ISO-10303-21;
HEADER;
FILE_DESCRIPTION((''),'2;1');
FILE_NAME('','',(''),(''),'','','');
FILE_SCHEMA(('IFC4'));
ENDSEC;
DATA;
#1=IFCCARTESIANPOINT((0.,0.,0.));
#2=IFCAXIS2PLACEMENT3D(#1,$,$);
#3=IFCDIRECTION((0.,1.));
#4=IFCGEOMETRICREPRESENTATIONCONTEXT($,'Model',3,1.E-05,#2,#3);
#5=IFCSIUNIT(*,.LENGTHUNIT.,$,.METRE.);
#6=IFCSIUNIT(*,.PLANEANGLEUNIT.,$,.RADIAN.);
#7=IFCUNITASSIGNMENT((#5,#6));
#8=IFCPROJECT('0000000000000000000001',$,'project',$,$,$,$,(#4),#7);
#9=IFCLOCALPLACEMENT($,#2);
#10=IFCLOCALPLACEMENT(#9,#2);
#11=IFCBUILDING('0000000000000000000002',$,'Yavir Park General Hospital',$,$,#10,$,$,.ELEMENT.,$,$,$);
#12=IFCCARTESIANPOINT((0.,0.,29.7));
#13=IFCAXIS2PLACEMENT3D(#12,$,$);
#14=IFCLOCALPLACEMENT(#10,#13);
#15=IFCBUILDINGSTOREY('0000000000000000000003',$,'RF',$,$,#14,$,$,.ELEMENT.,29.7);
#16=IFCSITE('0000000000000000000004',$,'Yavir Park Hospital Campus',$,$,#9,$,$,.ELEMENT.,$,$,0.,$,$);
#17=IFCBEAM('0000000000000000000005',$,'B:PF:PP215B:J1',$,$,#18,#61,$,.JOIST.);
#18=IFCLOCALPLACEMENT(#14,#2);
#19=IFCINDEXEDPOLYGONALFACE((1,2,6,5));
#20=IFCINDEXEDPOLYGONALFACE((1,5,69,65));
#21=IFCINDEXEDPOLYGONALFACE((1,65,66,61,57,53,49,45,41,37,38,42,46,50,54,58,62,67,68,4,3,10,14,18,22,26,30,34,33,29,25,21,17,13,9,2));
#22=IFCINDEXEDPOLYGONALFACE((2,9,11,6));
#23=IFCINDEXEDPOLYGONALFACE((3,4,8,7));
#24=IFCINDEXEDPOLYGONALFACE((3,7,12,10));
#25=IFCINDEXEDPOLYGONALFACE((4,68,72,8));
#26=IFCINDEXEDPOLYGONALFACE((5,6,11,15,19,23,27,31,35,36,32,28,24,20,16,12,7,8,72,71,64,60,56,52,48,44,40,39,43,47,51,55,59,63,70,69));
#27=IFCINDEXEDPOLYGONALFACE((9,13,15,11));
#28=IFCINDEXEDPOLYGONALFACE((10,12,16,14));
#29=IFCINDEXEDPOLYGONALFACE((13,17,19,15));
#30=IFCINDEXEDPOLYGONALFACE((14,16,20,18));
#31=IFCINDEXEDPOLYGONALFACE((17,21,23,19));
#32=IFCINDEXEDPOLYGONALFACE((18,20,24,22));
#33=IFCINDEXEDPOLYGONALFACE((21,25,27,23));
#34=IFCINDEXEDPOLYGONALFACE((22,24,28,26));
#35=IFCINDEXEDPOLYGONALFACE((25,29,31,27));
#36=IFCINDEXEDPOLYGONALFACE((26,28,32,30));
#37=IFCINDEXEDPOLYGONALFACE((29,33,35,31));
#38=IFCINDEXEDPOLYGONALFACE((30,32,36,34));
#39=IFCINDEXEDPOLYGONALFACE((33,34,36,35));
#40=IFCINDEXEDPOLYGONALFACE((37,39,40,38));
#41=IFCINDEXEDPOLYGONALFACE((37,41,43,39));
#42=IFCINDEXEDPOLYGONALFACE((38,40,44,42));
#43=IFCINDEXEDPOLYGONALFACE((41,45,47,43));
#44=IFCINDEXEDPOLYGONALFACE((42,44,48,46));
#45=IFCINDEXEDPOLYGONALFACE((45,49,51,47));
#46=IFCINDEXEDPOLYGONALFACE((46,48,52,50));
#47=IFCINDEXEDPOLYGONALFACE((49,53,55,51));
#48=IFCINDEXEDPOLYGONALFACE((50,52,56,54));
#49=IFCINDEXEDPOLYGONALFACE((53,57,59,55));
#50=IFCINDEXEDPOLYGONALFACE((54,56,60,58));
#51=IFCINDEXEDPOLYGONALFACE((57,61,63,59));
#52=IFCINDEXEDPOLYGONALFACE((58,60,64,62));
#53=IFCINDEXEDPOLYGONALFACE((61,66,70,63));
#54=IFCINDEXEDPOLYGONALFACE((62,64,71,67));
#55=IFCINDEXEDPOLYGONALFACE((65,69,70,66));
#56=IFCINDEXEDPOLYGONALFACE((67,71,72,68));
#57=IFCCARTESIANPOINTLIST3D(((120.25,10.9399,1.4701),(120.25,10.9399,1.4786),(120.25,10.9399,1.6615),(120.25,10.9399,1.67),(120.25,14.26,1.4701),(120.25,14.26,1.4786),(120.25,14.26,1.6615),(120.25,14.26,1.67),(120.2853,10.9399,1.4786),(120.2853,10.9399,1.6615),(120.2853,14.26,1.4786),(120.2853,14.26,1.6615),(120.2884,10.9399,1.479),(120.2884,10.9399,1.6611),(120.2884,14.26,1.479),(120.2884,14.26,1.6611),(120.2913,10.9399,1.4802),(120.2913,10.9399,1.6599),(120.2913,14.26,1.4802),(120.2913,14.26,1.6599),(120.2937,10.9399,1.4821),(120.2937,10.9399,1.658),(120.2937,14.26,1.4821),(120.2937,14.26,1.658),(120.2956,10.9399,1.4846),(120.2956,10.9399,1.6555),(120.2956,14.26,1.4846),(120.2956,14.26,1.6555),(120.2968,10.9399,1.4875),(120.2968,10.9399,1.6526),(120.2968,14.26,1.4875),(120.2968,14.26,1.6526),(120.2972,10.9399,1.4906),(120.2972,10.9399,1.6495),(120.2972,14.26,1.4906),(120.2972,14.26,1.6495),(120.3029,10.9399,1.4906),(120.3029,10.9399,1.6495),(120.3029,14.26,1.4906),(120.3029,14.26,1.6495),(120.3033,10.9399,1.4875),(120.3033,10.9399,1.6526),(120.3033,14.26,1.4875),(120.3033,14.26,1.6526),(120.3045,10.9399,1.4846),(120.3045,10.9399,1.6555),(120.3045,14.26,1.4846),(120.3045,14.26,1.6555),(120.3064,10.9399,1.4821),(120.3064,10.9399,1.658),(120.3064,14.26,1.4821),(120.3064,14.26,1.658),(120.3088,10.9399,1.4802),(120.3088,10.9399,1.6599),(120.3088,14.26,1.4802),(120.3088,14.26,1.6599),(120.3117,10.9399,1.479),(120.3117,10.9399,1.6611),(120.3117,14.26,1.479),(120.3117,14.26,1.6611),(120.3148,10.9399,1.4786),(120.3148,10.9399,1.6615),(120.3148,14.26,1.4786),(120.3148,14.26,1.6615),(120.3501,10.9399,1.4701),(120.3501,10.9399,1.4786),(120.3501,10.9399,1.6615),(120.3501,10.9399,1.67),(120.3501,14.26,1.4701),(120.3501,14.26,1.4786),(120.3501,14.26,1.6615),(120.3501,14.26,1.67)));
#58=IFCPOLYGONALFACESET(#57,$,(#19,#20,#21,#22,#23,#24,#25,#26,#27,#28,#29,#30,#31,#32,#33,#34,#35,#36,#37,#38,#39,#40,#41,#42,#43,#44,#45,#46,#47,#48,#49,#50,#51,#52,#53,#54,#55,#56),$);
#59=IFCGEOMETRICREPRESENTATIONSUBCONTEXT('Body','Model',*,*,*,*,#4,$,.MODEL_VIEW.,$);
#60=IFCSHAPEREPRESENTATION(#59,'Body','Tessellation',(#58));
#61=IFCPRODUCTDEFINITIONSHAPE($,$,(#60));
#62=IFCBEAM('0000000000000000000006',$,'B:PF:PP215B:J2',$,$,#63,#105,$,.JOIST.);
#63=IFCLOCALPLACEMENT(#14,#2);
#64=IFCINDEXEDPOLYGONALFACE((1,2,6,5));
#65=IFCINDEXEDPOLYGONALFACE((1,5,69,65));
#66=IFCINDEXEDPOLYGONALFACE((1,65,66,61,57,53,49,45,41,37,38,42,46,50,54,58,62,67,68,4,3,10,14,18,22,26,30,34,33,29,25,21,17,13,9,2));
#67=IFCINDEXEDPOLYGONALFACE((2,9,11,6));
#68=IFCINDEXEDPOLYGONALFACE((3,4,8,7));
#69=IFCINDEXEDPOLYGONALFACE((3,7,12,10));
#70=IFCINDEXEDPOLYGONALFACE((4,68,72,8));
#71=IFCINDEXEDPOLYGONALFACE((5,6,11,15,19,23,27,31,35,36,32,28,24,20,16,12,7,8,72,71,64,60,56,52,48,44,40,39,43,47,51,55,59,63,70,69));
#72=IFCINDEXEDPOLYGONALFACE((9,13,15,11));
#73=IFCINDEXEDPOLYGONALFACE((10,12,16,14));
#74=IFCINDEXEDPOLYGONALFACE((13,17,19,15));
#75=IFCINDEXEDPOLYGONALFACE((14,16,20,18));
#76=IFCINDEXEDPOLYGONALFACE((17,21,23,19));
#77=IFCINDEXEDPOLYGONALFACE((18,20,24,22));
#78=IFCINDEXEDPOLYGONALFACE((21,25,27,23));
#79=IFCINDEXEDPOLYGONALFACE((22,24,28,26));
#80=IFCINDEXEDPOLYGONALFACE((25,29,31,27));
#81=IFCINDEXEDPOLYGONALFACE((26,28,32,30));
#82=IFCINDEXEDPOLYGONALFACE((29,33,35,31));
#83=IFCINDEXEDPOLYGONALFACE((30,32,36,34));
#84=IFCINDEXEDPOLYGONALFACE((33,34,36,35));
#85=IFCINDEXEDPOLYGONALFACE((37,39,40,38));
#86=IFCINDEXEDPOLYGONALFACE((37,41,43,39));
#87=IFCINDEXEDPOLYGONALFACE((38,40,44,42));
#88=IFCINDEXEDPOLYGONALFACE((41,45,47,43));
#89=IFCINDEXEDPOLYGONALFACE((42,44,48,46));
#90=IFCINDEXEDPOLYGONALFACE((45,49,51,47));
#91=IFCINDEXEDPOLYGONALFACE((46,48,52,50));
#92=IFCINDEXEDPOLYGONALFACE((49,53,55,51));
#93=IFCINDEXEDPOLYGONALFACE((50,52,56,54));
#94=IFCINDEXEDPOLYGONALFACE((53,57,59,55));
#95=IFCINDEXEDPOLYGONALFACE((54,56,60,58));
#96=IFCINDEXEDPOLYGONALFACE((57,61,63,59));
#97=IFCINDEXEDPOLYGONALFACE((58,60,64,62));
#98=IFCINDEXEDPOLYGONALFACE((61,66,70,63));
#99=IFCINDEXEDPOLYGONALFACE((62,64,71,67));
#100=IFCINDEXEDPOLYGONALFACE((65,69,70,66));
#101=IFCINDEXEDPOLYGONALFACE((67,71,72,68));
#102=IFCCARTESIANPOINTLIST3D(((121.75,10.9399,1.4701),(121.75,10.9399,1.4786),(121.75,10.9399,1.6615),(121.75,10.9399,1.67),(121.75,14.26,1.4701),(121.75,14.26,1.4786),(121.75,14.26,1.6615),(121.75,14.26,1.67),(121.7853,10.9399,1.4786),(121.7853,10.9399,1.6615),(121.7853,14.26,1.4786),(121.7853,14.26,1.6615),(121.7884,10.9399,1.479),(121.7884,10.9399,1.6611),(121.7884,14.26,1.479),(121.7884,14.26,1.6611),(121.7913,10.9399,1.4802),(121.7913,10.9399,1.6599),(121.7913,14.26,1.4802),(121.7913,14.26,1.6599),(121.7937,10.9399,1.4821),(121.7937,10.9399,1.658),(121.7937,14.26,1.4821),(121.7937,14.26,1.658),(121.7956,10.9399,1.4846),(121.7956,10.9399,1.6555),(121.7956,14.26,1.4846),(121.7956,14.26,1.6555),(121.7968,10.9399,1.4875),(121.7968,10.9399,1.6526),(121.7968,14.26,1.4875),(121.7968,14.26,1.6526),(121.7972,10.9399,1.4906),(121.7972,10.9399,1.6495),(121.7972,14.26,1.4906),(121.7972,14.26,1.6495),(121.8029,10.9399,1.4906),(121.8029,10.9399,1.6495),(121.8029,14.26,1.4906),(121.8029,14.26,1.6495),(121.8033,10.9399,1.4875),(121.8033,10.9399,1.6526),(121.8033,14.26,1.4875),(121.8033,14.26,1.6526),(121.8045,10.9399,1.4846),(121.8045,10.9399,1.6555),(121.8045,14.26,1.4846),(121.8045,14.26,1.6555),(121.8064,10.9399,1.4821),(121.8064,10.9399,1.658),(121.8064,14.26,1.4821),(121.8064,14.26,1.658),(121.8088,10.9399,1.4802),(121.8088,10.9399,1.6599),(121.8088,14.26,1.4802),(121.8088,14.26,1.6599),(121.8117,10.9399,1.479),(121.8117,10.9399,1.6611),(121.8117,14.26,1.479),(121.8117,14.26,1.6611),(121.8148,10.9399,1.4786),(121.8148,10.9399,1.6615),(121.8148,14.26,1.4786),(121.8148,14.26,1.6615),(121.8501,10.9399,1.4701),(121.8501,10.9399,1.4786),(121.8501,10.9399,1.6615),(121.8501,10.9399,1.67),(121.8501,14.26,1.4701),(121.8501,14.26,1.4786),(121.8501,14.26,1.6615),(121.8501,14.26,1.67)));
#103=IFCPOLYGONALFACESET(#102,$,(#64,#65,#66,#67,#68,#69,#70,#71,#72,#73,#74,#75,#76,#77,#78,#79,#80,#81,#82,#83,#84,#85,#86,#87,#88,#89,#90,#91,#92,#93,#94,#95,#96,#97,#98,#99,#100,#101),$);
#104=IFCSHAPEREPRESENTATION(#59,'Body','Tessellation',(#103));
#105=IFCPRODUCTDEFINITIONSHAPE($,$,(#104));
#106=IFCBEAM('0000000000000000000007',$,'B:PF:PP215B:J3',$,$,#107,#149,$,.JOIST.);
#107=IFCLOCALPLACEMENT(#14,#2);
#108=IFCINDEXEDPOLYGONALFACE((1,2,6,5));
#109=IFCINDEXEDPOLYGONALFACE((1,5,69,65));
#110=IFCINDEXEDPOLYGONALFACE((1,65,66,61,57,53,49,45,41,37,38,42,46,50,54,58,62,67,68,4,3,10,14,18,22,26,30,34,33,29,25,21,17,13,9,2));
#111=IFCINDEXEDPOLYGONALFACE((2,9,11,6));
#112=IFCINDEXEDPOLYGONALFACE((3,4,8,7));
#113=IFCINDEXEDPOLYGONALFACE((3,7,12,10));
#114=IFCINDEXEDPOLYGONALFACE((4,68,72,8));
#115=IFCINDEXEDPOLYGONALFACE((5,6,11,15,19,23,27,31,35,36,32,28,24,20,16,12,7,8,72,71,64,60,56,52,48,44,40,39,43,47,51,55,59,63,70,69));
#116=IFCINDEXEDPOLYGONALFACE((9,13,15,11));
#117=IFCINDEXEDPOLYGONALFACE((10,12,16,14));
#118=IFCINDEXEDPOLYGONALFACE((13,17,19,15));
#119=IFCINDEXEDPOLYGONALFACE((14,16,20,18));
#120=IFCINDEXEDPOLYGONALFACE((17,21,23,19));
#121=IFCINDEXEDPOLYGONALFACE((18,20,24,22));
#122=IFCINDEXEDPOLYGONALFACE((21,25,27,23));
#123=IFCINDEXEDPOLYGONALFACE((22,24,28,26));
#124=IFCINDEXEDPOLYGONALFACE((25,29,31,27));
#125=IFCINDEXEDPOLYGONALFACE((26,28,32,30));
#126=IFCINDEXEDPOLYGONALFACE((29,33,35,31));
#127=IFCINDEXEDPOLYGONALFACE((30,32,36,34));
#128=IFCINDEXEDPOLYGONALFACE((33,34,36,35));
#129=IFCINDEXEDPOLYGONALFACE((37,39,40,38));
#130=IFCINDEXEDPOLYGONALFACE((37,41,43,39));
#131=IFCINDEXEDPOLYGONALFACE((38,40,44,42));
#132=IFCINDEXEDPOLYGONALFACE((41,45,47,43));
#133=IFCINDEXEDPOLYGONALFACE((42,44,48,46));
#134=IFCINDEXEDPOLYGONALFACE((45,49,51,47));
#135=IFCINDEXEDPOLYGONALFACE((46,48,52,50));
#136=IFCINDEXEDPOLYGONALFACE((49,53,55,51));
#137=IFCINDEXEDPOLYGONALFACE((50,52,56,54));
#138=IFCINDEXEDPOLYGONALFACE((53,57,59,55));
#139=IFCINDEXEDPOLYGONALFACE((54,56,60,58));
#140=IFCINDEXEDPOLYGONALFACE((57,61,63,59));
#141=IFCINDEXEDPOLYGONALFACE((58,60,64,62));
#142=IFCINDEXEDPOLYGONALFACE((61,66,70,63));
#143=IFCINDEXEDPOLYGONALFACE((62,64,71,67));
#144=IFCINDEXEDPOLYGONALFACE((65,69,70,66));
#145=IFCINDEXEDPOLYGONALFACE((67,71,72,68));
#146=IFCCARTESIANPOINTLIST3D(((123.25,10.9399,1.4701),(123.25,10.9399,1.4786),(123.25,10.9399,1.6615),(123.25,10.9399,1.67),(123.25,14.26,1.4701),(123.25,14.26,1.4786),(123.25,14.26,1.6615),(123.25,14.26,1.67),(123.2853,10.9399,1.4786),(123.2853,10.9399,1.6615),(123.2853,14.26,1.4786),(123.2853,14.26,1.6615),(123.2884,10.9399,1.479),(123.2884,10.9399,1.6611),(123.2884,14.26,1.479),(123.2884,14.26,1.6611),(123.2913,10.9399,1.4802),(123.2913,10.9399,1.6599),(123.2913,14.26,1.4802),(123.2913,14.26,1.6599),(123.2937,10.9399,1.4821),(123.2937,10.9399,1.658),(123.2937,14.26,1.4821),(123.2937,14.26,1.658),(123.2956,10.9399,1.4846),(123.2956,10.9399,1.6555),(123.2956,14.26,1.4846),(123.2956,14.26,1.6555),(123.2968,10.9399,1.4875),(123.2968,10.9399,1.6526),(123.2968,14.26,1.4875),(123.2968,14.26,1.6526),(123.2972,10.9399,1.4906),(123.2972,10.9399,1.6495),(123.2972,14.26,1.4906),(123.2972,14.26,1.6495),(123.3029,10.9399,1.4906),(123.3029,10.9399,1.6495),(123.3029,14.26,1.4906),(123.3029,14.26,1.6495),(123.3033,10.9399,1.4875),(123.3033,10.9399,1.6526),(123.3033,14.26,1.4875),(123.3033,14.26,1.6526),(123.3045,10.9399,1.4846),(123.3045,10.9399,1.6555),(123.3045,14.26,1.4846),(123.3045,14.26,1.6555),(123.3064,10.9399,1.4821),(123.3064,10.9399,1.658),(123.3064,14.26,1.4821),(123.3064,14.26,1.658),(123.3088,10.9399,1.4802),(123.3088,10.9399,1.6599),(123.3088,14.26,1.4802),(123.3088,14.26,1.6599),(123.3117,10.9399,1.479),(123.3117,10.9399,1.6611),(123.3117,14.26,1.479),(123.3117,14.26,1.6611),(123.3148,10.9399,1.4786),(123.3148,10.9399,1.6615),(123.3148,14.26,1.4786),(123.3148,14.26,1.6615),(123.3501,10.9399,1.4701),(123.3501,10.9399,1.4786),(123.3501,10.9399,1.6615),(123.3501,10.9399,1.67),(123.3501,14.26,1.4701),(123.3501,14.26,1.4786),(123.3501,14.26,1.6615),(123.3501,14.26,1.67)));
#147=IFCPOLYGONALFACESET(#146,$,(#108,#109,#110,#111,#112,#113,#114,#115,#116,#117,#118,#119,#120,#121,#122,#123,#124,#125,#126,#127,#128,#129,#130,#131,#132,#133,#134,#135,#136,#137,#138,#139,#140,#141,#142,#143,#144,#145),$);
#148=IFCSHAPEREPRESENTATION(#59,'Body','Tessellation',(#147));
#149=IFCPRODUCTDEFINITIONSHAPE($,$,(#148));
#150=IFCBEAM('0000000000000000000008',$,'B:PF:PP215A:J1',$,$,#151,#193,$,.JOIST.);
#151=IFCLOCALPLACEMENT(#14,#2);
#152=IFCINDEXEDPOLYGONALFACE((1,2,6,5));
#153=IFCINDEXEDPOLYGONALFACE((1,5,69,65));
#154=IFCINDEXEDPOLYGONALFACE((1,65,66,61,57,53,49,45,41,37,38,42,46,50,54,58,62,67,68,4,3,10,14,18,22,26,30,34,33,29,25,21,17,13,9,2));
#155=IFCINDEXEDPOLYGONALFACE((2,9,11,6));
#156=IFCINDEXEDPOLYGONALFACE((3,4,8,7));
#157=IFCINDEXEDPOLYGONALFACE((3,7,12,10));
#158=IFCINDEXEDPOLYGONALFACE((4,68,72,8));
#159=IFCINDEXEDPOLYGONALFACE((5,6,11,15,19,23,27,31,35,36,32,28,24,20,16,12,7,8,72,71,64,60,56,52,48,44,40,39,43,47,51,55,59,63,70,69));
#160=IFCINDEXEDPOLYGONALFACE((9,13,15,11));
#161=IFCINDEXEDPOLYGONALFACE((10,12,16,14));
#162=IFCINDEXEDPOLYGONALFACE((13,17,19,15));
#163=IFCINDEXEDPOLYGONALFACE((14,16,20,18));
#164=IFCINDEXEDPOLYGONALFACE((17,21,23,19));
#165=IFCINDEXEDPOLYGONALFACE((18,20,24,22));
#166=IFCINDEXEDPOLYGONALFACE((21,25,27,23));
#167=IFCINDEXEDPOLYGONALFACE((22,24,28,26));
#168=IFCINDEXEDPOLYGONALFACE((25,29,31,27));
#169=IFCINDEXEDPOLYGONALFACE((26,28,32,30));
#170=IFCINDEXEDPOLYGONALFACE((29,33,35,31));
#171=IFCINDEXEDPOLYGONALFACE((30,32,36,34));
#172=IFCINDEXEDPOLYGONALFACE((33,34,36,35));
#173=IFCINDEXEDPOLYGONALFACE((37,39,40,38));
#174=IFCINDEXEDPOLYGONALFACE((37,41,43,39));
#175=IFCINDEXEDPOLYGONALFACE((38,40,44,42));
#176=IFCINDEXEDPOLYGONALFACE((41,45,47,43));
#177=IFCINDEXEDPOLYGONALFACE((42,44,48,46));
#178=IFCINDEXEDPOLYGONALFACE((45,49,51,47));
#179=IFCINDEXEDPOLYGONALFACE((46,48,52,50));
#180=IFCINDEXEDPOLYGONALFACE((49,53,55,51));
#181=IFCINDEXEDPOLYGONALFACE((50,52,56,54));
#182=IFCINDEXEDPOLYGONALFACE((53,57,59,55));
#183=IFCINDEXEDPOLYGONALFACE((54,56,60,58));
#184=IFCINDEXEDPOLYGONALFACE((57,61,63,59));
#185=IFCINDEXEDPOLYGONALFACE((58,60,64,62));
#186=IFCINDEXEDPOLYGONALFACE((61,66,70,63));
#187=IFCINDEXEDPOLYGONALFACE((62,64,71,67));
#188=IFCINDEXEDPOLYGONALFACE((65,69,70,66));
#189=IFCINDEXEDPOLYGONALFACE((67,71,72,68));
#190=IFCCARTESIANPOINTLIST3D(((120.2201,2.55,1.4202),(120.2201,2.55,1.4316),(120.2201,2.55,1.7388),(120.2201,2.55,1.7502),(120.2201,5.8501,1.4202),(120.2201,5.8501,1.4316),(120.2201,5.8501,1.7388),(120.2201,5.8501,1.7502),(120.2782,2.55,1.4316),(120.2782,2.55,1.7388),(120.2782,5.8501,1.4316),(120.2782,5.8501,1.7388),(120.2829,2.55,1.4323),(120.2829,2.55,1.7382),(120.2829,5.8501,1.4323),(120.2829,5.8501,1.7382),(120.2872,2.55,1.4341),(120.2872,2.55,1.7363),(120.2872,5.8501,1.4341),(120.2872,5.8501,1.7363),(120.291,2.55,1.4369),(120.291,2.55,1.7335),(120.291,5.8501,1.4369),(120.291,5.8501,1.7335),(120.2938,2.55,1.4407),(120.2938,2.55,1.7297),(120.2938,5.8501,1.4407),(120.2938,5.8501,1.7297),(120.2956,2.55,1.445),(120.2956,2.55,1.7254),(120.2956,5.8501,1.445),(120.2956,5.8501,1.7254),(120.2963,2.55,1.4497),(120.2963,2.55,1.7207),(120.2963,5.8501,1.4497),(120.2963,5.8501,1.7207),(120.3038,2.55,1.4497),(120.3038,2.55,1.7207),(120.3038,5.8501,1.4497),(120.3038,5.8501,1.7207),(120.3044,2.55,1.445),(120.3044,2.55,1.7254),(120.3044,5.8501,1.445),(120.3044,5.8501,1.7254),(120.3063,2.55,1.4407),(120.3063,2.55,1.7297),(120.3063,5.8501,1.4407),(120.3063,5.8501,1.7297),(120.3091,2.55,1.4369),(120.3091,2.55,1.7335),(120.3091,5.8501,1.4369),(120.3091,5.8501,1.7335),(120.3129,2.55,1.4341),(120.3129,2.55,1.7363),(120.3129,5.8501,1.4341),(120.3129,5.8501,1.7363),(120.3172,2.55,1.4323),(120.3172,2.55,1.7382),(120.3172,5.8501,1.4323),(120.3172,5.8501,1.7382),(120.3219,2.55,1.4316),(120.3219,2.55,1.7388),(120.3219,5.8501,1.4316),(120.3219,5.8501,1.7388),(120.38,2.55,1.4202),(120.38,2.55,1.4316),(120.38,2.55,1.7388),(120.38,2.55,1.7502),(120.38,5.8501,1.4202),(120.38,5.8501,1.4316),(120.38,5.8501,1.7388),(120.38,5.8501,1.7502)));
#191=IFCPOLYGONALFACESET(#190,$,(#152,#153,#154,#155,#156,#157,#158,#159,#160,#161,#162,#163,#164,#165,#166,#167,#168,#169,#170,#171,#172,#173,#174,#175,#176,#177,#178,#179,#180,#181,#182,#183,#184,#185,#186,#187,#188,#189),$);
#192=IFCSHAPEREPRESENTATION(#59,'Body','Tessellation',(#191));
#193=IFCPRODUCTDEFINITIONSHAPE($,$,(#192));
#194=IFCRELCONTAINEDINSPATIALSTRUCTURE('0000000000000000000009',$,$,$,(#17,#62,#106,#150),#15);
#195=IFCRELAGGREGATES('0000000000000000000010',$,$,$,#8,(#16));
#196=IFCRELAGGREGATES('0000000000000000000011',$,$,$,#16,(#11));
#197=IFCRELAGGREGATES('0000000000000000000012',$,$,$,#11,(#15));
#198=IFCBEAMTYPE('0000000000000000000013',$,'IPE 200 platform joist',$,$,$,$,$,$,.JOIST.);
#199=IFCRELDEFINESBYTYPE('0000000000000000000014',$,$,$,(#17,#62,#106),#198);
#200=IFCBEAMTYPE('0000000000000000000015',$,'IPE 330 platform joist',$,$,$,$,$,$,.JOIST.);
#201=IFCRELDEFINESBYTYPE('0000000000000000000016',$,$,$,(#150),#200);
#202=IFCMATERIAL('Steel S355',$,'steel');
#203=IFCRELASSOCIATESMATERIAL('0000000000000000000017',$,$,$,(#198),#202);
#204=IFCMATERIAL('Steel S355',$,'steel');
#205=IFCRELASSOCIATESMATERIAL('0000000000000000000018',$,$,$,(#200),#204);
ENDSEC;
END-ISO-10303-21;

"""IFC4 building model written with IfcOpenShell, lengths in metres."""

from ifc_helpers import new_model, si_unit, direction, frame, origin, origin_2d, place, context, subcontext, project, spatial, i_section, extrude, material, material_profile, profile_set, type_object, element, save


model = new_model("IFC4")

# Units and contexts
model_context = context("Model", 3, precision=1e-05, world=origin(), true_north=direction((0.0, 1.0)))
body_context = subcontext(model_context, "Body", "Model", "MODEL_VIEW")
ifc_project = project(units=[si_unit("LENGTHUNIT", "METRE"), si_unit("PLANEANGLEUNIT", "RADIAN")], contexts=[model_context])

# Site, building, storey
site_placement = place(None, origin())
site = spatial("IfcSite", under=ifc_project, at=site_placement, Name="Yavir Park Hospital Campus", CompositionType="ELEMENT", RefElevation=0.0)
building_placement = place(site_placement, origin())
building = spatial("IfcBuilding", under=site, at=building_placement, Name="Yavir Park General Hospital", CompositionType="ELEMENT")
storey_placement = place(building_placement, frame((0.0, 0.0, 29.7)))
storey = spatial("IfcBuildingStorey", under=building, at=storey_placement, Name="RF", CompositionType="ELEMENT", Elevation=29.7)

# Beams
ifc_material_1 = material(Name="Steel S355", Category="steel")
ifc_material_profile_1 = material_profile(ifc_material_1, i_section(OverallWidth=0.1001, OverallDepth=0.2, WebThickness=0.0056, FlangeThickness=0.0085, FilletRadius=0.012, at=origin_2d()), Name="IPE200")
ifc_profile_set_1 = profile_set([ifc_material_profile_1], Name="Steel S355")
beam_type_1 = type_object("IfcBeamType", Name="IPE 200 platform joist", PredefinedType="JOIST", material=ifc_profile_set_1)
for number, where, z_axis, x_axis, name in (
    (1, (120.3, 10.9399, 1.5701), (0.0, 1.0, 0.0), (-1.0, 0.0, 0.0), "B:PF:PP215B:J1"),
    (2, (121.8, 10.9399, 1.5701), (0.0, 1.0, 0.0), (-1.0, 0.0, 0.0), "B:PF:PP215B:J2"),
    (3, (123.3, 10.9399, 1.5701), (0.0, 1.0, 0.0), (-1.0, 0.0, 0.0), "B:PF:PP215B:J3"),
):
    element("IfcBeam", number, at=place(storey_placement, frame(where, z_axis=z_axis, x_axis=x_axis)), inside=storey, type_object=beam_type_1, Name=name, PredefinedType="JOIST", context=body_context, shape_type="SweptSolid", body=[
        extrude(i_section(OverallWidth=0.1001, OverallDepth=0.2, WebThickness=0.0056, FlangeThickness=0.0085, FilletRadius=0.012, at=origin_2d()), origin(), (0.0, 0.0, 1.0), 3.3201),
    ])
ifc_material_2 = material(Name="Steel S355", Category="steel")
ifc_material_profile_2 = material_profile(ifc_material_2, i_section(OverallWidth=0.1599, OverallDepth=0.3301, WebThickness=0.0076, FlangeThickness=0.0115, FilletRadius=0.0181, at=origin_2d()), Name="IPE330")
ifc_profile_set_2 = profile_set([ifc_material_profile_2], Name="Steel S355")
beam_type_2 = type_object("IfcBeamType", Name="IPE 330 platform joist", PredefinedType="JOIST", material=ifc_profile_set_2)
for number, where, z_axis, x_axis, name in (
    (4, (120.3, 2.55, 1.5852), (0.0, 1.0, 0.0), (-1.0, 0.0, 0.0), "B:PF:PP215A:J1"),
):
    element("IfcBeam", number, at=place(storey_placement, frame(where, z_axis=z_axis, x_axis=x_axis)), inside=storey, type_object=beam_type_2, Name=name, PredefinedType="JOIST", context=body_context, shape_type="SweptSolid", body=[
        extrude(i_section(OverallWidth=0.1599, OverallDepth=0.3301, WebThickness=0.0076, FlangeThickness=0.0115, FilletRadius=0.0181, at=origin_2d()), origin(), (0.0, 0.0, 1.0), 3.3),
    ])

save(model, "model.ifc")
